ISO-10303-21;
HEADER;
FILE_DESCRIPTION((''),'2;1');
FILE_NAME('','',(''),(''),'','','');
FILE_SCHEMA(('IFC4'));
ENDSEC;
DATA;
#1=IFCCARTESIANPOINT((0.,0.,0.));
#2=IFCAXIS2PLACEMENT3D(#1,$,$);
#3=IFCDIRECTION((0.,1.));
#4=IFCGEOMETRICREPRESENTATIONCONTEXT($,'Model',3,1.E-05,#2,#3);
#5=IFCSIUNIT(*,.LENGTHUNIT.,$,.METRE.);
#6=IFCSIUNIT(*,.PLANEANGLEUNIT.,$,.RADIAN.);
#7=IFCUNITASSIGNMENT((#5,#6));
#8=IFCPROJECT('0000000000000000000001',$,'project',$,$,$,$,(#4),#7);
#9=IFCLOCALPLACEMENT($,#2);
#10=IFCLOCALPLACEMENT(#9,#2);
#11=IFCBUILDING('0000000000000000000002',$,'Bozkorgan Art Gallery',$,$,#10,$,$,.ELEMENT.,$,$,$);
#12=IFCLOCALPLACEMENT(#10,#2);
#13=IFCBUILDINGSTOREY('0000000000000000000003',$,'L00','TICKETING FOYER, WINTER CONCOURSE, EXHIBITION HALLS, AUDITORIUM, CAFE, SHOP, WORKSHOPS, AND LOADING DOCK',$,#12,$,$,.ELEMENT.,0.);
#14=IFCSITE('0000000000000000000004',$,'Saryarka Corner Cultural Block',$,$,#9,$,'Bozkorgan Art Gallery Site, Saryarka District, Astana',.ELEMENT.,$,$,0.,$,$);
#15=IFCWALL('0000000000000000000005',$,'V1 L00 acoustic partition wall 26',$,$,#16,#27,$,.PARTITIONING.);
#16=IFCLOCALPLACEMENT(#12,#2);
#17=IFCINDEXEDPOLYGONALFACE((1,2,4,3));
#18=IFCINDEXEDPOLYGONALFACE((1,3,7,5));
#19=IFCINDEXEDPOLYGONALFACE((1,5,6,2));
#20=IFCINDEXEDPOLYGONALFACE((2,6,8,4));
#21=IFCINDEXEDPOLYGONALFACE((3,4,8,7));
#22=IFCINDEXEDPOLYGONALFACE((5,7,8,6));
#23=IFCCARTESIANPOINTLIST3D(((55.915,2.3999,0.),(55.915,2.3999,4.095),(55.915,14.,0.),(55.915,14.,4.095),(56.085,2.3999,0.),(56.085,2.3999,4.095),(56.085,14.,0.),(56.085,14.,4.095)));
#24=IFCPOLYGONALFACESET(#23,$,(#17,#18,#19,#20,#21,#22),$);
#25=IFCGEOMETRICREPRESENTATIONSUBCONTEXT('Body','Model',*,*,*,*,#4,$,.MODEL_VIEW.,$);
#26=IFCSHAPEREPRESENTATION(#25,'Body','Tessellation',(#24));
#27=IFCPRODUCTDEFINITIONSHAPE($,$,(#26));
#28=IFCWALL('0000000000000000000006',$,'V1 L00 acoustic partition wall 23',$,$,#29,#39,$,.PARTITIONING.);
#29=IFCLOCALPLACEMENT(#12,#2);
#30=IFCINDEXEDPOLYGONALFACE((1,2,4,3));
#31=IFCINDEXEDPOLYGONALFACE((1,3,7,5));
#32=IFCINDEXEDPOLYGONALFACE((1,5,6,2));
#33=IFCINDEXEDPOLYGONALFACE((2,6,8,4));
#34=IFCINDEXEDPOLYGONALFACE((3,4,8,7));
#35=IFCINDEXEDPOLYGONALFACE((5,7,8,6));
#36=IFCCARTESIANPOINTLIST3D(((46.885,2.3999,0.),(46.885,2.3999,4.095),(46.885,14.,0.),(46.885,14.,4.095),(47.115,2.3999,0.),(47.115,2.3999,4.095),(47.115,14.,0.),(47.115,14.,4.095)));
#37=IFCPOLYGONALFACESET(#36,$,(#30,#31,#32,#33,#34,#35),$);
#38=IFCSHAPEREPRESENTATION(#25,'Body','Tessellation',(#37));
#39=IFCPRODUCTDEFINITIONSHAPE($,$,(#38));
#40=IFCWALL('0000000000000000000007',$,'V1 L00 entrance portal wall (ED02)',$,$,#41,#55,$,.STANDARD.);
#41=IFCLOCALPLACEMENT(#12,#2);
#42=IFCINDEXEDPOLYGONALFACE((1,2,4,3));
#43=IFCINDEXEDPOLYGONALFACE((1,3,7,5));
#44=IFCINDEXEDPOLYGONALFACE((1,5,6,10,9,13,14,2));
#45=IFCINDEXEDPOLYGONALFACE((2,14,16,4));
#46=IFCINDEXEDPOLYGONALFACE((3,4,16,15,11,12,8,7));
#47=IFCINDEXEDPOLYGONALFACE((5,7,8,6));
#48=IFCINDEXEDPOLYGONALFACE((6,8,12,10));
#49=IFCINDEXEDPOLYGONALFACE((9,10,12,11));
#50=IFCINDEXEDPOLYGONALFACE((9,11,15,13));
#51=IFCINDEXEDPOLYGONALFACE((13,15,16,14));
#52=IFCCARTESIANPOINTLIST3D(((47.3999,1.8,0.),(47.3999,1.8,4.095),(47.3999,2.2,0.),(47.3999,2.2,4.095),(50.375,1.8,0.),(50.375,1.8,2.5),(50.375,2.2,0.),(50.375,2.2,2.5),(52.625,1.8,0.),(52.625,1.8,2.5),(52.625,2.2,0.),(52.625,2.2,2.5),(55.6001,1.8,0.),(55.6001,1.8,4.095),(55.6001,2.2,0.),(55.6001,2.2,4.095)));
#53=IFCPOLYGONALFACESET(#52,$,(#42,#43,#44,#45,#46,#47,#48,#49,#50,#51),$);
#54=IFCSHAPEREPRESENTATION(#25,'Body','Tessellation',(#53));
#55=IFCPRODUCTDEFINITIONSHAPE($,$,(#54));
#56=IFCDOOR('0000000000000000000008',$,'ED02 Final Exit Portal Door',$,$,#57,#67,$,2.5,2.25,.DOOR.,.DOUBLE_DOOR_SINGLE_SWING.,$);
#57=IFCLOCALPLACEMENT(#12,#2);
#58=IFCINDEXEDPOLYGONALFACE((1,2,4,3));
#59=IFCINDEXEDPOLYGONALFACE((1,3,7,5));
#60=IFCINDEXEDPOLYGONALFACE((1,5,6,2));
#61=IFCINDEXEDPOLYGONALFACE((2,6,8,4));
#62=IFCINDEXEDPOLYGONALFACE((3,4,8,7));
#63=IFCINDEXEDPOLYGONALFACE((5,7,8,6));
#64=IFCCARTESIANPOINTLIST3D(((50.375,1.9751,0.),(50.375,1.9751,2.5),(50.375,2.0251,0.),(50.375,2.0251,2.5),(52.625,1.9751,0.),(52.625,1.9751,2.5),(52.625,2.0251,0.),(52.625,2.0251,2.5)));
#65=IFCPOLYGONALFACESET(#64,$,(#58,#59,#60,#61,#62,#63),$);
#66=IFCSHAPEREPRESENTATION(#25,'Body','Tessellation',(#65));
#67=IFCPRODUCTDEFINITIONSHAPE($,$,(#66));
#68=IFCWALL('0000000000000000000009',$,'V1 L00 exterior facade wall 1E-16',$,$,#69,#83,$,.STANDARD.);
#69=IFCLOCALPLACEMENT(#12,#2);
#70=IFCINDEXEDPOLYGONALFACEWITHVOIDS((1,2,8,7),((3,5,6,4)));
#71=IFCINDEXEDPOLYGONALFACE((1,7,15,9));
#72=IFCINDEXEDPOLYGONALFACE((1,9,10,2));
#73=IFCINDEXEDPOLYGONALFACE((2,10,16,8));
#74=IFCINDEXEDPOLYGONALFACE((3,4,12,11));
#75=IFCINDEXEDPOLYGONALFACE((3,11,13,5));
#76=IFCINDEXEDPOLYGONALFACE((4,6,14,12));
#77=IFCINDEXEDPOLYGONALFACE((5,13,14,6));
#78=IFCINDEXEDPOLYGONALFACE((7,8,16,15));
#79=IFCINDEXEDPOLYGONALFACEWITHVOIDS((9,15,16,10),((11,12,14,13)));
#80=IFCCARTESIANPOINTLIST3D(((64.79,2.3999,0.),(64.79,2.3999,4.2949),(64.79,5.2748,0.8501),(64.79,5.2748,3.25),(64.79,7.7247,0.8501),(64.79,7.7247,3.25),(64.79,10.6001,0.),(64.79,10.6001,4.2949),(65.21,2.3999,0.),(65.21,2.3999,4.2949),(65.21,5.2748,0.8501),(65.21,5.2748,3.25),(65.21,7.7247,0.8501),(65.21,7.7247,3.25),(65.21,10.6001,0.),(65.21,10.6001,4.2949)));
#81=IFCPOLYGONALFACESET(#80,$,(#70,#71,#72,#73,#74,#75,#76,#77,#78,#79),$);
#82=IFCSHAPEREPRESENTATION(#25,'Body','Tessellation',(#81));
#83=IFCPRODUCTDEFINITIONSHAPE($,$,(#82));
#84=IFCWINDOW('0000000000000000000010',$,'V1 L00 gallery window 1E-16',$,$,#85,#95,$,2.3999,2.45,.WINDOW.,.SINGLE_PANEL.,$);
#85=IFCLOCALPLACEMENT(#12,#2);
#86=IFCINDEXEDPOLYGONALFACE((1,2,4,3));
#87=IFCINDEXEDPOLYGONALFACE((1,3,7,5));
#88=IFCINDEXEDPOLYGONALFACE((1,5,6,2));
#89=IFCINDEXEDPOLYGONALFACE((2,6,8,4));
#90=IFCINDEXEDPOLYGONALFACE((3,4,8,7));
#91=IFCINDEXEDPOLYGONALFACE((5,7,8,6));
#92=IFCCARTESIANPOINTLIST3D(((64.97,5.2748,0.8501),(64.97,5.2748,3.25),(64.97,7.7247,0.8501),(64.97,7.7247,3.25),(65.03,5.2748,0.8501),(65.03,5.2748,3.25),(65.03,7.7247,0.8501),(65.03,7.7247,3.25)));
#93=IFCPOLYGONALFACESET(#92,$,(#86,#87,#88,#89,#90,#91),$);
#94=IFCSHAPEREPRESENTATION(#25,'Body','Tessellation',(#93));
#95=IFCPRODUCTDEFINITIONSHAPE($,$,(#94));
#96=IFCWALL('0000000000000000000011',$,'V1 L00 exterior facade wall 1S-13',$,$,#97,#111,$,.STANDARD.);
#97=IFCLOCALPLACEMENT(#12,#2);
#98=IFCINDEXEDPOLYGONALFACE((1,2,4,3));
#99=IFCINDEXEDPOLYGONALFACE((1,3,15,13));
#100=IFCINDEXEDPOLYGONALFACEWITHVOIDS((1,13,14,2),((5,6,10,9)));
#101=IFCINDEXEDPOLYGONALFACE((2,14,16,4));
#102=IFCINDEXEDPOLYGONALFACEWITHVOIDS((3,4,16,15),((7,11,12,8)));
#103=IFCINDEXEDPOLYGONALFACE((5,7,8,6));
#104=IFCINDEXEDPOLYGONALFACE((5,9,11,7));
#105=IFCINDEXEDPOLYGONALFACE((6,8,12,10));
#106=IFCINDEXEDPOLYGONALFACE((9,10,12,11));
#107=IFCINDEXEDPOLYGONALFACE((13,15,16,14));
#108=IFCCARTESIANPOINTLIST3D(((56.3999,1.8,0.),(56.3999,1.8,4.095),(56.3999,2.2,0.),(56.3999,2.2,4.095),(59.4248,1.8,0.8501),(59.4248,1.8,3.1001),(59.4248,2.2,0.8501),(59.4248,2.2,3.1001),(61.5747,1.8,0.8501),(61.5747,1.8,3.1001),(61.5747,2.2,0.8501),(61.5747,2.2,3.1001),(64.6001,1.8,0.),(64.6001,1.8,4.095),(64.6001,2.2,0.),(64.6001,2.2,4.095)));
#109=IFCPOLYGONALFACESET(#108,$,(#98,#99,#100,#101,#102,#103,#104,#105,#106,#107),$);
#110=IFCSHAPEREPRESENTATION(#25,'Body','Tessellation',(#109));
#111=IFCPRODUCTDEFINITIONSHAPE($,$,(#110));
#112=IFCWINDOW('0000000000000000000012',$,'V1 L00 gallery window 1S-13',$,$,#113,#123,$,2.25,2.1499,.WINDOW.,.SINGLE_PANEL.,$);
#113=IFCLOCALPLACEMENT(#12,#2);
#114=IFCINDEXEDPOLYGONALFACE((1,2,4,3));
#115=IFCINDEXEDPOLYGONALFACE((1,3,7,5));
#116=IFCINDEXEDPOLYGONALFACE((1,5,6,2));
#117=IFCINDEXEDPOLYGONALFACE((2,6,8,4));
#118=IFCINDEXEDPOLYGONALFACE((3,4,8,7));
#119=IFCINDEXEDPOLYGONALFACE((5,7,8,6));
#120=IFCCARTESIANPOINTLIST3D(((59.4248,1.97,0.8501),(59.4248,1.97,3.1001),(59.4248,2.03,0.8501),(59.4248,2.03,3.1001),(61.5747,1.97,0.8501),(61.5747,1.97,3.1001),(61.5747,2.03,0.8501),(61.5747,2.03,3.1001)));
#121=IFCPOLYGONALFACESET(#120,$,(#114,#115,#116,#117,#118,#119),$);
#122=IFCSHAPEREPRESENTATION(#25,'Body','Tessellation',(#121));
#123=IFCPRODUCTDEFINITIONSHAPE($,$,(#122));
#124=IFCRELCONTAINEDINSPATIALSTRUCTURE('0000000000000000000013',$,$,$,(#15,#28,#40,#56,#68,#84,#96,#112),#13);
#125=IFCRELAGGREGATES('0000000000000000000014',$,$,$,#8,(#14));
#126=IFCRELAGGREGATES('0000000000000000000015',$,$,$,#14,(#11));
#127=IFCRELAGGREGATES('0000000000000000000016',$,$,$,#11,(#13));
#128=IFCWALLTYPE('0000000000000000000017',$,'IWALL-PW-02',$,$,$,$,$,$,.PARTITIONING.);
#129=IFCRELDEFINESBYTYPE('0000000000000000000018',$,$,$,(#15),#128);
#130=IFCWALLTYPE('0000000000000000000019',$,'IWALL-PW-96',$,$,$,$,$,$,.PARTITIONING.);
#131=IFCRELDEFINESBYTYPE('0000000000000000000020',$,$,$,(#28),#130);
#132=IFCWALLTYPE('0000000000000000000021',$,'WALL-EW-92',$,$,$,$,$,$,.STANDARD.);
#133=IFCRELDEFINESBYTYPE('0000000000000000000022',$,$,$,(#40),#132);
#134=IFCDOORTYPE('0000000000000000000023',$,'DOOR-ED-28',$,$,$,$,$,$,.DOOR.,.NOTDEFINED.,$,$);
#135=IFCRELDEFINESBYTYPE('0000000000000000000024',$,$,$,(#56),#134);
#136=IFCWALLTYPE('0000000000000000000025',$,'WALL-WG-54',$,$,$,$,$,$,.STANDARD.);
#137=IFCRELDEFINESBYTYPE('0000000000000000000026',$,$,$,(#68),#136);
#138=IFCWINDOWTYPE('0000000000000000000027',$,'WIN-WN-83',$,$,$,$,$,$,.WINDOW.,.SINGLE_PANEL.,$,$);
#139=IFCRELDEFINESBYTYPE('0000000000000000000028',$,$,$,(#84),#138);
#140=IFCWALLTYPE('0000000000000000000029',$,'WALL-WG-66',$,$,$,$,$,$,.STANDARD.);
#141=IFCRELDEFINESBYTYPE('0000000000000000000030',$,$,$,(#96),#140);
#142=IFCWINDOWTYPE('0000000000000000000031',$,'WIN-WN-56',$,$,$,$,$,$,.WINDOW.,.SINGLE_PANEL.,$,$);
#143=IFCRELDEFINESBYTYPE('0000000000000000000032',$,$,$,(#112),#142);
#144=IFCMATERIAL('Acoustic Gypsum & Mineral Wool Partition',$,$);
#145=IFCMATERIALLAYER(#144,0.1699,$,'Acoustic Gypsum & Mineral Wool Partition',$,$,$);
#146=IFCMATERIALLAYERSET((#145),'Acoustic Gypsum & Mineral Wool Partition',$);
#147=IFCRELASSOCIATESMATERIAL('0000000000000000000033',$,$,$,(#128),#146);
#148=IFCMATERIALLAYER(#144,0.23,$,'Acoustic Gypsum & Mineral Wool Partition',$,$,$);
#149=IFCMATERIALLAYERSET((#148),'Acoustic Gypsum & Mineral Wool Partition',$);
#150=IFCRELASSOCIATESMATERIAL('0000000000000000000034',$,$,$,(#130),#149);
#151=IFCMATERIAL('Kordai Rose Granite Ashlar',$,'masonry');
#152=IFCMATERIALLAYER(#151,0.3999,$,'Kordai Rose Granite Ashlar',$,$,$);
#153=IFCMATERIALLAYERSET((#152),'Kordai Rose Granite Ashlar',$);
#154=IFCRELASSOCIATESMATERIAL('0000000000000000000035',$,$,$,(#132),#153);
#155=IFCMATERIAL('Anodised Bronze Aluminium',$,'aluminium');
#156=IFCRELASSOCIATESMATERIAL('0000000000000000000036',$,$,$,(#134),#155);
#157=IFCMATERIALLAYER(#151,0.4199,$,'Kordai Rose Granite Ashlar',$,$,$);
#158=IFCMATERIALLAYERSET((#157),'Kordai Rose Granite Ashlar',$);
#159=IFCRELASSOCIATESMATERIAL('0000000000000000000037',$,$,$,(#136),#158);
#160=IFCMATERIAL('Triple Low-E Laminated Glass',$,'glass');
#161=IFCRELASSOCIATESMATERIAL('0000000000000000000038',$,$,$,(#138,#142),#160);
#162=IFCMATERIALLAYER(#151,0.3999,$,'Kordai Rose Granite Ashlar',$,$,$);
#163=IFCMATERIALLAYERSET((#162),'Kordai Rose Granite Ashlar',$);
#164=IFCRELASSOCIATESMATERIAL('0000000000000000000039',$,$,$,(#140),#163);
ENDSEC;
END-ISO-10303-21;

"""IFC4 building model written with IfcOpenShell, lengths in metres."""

from ifc_helpers import new_model, si_unit, direction, frame, frame_2d, origin, place, context, subcontext, project, spatial, rectangle, extrude, material, layer, layer_set, type_object, element, fill, save


model = new_model("IFC4")

# Units and contexts
model_context = context("Model", 3, precision=1e-05, world=origin(), true_north=direction((0.0, 1.0)))
body_context = subcontext(model_context, "Body", "Model", "MODEL_VIEW")
ifc_project = project(units=[si_unit("LENGTHUNIT", "METRE"), si_unit("PLANEANGLEUNIT", "RADIAN")], contexts=[model_context])

# Site, building, storey
site_placement = place(None, origin())
site = spatial("IfcSite", under=ifc_project, at=site_placement, Name="Saryarka Corner Cultural Block", LongName="Bozkorgan Art Gallery Site, Saryarka District, Astana", CompositionType="ELEMENT", RefElevation=0.0)
building_placement = place(site_placement, origin())
building = spatial("IfcBuilding", under=site, at=building_placement, Name="Bozkorgan Art Gallery", CompositionType="ELEMENT")
storey_placement = place(building_placement, origin())
storey = spatial("IfcBuildingStorey", under=building, at=storey_placement, Name="L00", Description="TICKETING FOYER, WINTER CONCOURSE, EXHIBITION HALLS, AUDITORIUM, CAFE, SHOP, WORKSHOPS, AND LOADING DOCK", CompositionType="ELEMENT", Elevation=0.0)

# Walls
ifc_material_1 = material(Name="Acoustic Gypsum & Mineral Wool Partition")
ifc_layer_1 = layer(ifc_material_1, 0.1699, Name="Acoustic Gypsum & Mineral Wool Partition")
ifc_layer_set_1 = layer_set([ifc_layer_1], Name="Acoustic Gypsum & Mineral Wool Partition")
wall_type_1 = type_object("IfcWallType", Name="IWALL-PW-02", PredefinedType="PARTITIONING", material=ifc_layer_set_1)
wall_1_placement = place(storey_placement, frame((56.0, 2.3999, 0.0), z_axis=(0.0, 0.0, 1.0), x_axis=(0.0, 1.0, 0.0)))
element("IfcWall", 1, at=wall_1_placement, inside=storey, type_object=wall_type_1, Name="V1 L00 acoustic partition wall 26", PredefinedType="PARTITIONING", context=body_context, shape_type="SweptSolid", body=[
    extrude(rectangle(XDim=11.6001, YDim=0.1699, at=frame_2d((5.8, 0.0))), origin(), (0.0, 0.0, 1.0), 4.095),
])
ifc_layer_2 = layer(ifc_material_1, 0.23, Name="Acoustic Gypsum & Mineral Wool Partition")
ifc_layer_set_2 = layer_set([ifc_layer_2], Name="Acoustic Gypsum & Mineral Wool Partition")
wall_type_2 = type_object("IfcWallType", Name="IWALL-PW-96", PredefinedType="PARTITIONING", material=ifc_layer_set_2)
wall_2_placement = place(storey_placement, frame((47.0, 2.3999, 0.0), z_axis=(0.0, 0.0, 1.0), x_axis=(0.0, 1.0, 0.0)))
element("IfcWall", 2, at=wall_2_placement, inside=storey, type_object=wall_type_2, Name="V1 L00 acoustic partition wall 23", PredefinedType="PARTITIONING", context=body_context, shape_type="SweptSolid", body=[
    extrude(rectangle(XDim=11.6001, YDim=0.23, at=frame_2d((5.8, 0.0))), origin(), (0.0, 0.0, 1.0), 4.095),
])

# Wall, opening, door
ifc_material_2 = material(Name="Kordai Rose Granite Ashlar", Category="masonry")
ifc_layer_3 = layer(ifc_material_2, 0.3999, Name="Kordai Rose Granite Ashlar")
ifc_layer_set_3 = layer_set([ifc_layer_3], Name="Kordai Rose Granite Ashlar")
wall_type_3 = type_object("IfcWallType", Name="WALL-EW-92", PredefinedType="STANDARD", material=ifc_layer_set_3)
wall_3_placement = place(storey_placement, frame((47.3999, 2.0, 0.0), z_axis=(0.0, 0.0, 1.0), x_axis=(1.0, 0.0, 0.0)))
wall_3 = element("IfcWall", 3, at=wall_3_placement, inside=storey, type_object=wall_type_3, Name="V1 L00 entrance portal wall (ED02)", PredefinedType="STANDARD", context=body_context, shape_type="SweptSolid", body=[
    extrude(rectangle(XDim=8.2002, YDim=0.3999, at=frame_2d((4.1001, 0.0))), origin(), (0.0, 0.0, 1.0), 4.095),
])
opening_1_placement = place(wall_3_placement, frame((5.2251, 0.0, 0.0), z_axis=(0.0, 0.0, 1.0), x_axis=(-1.0, 0.0, 0.0)))
opening_1 = element("IfcOpeningElement", 4, at=opening_1_placement, cuts=wall_3, PredefinedType="OPENING", context=body_context, shape_type="SweptSolid", body=[
    extrude(rectangle(XDim=2.25, YDim=2.5, at=frame_2d((1.125, 1.25))), frame((0.0, 0.21, 0.0), z_axis=(0.0, -1.0, 0.0), x_axis=(1.0, 0.0, 0.0)), (0.0, 0.0, 1.0), 0.4199),
])
ifc_material_3 = material(Name="Anodised Bronze Aluminium", Category="aluminium")
door_type = type_object("IfcDoorType", Name="DOOR-ED-28", OperationType="NOTDEFINED", PredefinedType="DOOR", material=ifc_material_3)
door_placement = place(opening_1_placement, origin())
door = element("IfcDoor", 5, at=door_placement, inside=storey, type_object=door_type, Name="ED02 Final Exit Portal Door", OperationType="DOUBLE_DOOR_SINGLE_SWING", OverallHeight=2.5, OverallWidth=2.25, PredefinedType="DOOR", context=body_context, shape_type="SweptSolid", body=[
    extrude(rectangle(XDim=2.25, YDim=2.5, at=frame_2d((1.125, 1.25))), frame((0.0, 0.0249, 0.0), z_axis=(0.0, -1.0, 0.0), x_axis=(1.0, 0.0, 0.0)), (0.0, 0.0, 1.0), 0.05),
])
fill(opening_1, door)

# Walls, openings, windows
ifc_layer_4 = layer(ifc_material_2, 0.4199, Name="Kordai Rose Granite Ashlar")
ifc_layer_set_4 = layer_set([ifc_layer_4], Name="Kordai Rose Granite Ashlar")
wall_type_4 = type_object("IfcWallType", Name="WALL-WG-54", PredefinedType="STANDARD", material=ifc_layer_set_4)
wall_4_placement = place(storey_placement, frame((65.0, 2.3999, 0.0), z_axis=(0.0, 0.0, 1.0), x_axis=(0.0, 1.0, 0.0)))
wall_4 = element("IfcWall", 6, at=wall_4_placement, inside=storey, type_object=wall_type_4, Name="V1 L00 exterior facade wall 1E-16", PredefinedType="STANDARD", context=body_context, shape_type="SweptSolid", body=[
    extrude(rectangle(XDim=8.2002, YDim=0.4199, at=frame_2d((4.1001, 0.0))), origin(), (0.0, 0.0, 1.0), 4.2949),
])
opening_2_placement = place(wall_4_placement, frame((5.325, 0.0, 0.8501), z_axis=(0.0, 0.0, 1.0), x_axis=(-1.0, 0.0, 0.0)))
opening_2 = element("IfcOpeningElement", 7, at=opening_2_placement, cuts=wall_4, PredefinedType="OPENING", context=body_context, shape_type="SweptSolid", body=[
    extrude(rectangle(XDim=2.45, YDim=2.3999, at=frame_2d((1.2251, 1.2))), frame((0.0, 0.22, 0.0), z_axis=(0.0, -1.0, 0.0), x_axis=(1.0, 0.0, 0.0)), (0.0, 0.0, 1.0), 0.4399),
])
ifc_material_4 = material(Name="Triple Low-E Laminated Glass", Category="glass")
window_type_1 = type_object("IfcWindowType", Name="WIN-WN-83", PartitioningType="SINGLE_PANEL", PredefinedType="WINDOW", material=ifc_material_4)
window_1_placement = place(opening_2_placement, origin())
window_1 = element("IfcWindow", 8, at=window_1_placement, inside=storey, type_object=window_type_1, Name="V1 L00 gallery window 1E-16", OverallHeight=2.3999, OverallWidth=2.45, PartitioningType="SINGLE_PANEL", PredefinedType="WINDOW", context=body_context, shape_type="SweptSolid", body=[
    extrude(rectangle(XDim=2.45, YDim=2.3999, at=frame_2d((1.2251, 1.2))), frame((0.0, 0.03, 0.0), z_axis=(0.0, -1.0, 0.0), x_axis=(1.0, 0.0, 0.0)), (0.0, 0.0, 1.0), 0.0601),
])
fill(opening_2, window_1)
ifc_layer_5 = layer(ifc_material_2, 0.3999, Name="Kordai Rose Granite Ashlar")
ifc_layer_set_5 = layer_set([ifc_layer_5], Name="Kordai Rose Granite Ashlar")
wall_type_5 = type_object("IfcWallType", Name="WALL-WG-66", PredefinedType="STANDARD", material=ifc_layer_set_5)
wall_5_placement = place(storey_placement, frame((56.3999, 2.0, 0.0), z_axis=(0.0, 0.0, 1.0), x_axis=(1.0, 0.0, 0.0)))
wall_5 = element("IfcWall", 9, at=wall_5_placement, inside=storey, type_object=wall_type_5, Name="V1 L00 exterior facade wall 1S-13", PredefinedType="STANDARD", context=body_context, shape_type="SweptSolid", body=[
    extrude(rectangle(XDim=8.2002, YDim=0.3999, at=frame_2d((4.1001, 0.0))), origin(), (0.0, 0.0, 1.0), 4.095),
])
opening_3_placement = place(wall_5_placement, frame((5.1748, 0.0, 0.8501), z_axis=(0.0, 0.0, 1.0), x_axis=(-1.0, 0.0, 0.0)))
opening_3 = element("IfcOpeningElement", 10, at=opening_3_placement, cuts=wall_5, PredefinedType="OPENING", context=body_context, shape_type="SweptSolid", body=[
    extrude(rectangle(XDim=2.1499, YDim=2.25, at=frame_2d((1.075, 1.125))), frame((0.0, 0.21, 0.0), z_axis=(0.0, -1.0, 0.0), x_axis=(1.0, 0.0, 0.0)), (0.0, 0.0, 1.0), 0.4199),
])
window_type_2 = type_object("IfcWindowType", Name="WIN-WN-56", PartitioningType="SINGLE_PANEL", PredefinedType="WINDOW", material=ifc_material_4)
window_2_placement = place(opening_3_placement, origin())
window_2 = element("IfcWindow", 11, at=window_2_placement, inside=storey, type_object=window_type_2, Name="V1 L00 gallery window 1S-13", OverallHeight=2.25, OverallWidth=2.1499, PartitioningType="SINGLE_PANEL", PredefinedType="WINDOW", context=body_context, shape_type="SweptSolid", body=[
    extrude(rectangle(XDim=2.1499, YDim=2.25, at=frame_2d((1.075, 1.125))), frame((0.0, 0.03, 0.0), z_axis=(0.0, -1.0, 0.0), x_axis=(1.0, 0.0, 0.0)), (0.0, 0.0, 1.0), 0.0601),
])
fill(opening_3, window_2)

save(model, "model.ifc")
